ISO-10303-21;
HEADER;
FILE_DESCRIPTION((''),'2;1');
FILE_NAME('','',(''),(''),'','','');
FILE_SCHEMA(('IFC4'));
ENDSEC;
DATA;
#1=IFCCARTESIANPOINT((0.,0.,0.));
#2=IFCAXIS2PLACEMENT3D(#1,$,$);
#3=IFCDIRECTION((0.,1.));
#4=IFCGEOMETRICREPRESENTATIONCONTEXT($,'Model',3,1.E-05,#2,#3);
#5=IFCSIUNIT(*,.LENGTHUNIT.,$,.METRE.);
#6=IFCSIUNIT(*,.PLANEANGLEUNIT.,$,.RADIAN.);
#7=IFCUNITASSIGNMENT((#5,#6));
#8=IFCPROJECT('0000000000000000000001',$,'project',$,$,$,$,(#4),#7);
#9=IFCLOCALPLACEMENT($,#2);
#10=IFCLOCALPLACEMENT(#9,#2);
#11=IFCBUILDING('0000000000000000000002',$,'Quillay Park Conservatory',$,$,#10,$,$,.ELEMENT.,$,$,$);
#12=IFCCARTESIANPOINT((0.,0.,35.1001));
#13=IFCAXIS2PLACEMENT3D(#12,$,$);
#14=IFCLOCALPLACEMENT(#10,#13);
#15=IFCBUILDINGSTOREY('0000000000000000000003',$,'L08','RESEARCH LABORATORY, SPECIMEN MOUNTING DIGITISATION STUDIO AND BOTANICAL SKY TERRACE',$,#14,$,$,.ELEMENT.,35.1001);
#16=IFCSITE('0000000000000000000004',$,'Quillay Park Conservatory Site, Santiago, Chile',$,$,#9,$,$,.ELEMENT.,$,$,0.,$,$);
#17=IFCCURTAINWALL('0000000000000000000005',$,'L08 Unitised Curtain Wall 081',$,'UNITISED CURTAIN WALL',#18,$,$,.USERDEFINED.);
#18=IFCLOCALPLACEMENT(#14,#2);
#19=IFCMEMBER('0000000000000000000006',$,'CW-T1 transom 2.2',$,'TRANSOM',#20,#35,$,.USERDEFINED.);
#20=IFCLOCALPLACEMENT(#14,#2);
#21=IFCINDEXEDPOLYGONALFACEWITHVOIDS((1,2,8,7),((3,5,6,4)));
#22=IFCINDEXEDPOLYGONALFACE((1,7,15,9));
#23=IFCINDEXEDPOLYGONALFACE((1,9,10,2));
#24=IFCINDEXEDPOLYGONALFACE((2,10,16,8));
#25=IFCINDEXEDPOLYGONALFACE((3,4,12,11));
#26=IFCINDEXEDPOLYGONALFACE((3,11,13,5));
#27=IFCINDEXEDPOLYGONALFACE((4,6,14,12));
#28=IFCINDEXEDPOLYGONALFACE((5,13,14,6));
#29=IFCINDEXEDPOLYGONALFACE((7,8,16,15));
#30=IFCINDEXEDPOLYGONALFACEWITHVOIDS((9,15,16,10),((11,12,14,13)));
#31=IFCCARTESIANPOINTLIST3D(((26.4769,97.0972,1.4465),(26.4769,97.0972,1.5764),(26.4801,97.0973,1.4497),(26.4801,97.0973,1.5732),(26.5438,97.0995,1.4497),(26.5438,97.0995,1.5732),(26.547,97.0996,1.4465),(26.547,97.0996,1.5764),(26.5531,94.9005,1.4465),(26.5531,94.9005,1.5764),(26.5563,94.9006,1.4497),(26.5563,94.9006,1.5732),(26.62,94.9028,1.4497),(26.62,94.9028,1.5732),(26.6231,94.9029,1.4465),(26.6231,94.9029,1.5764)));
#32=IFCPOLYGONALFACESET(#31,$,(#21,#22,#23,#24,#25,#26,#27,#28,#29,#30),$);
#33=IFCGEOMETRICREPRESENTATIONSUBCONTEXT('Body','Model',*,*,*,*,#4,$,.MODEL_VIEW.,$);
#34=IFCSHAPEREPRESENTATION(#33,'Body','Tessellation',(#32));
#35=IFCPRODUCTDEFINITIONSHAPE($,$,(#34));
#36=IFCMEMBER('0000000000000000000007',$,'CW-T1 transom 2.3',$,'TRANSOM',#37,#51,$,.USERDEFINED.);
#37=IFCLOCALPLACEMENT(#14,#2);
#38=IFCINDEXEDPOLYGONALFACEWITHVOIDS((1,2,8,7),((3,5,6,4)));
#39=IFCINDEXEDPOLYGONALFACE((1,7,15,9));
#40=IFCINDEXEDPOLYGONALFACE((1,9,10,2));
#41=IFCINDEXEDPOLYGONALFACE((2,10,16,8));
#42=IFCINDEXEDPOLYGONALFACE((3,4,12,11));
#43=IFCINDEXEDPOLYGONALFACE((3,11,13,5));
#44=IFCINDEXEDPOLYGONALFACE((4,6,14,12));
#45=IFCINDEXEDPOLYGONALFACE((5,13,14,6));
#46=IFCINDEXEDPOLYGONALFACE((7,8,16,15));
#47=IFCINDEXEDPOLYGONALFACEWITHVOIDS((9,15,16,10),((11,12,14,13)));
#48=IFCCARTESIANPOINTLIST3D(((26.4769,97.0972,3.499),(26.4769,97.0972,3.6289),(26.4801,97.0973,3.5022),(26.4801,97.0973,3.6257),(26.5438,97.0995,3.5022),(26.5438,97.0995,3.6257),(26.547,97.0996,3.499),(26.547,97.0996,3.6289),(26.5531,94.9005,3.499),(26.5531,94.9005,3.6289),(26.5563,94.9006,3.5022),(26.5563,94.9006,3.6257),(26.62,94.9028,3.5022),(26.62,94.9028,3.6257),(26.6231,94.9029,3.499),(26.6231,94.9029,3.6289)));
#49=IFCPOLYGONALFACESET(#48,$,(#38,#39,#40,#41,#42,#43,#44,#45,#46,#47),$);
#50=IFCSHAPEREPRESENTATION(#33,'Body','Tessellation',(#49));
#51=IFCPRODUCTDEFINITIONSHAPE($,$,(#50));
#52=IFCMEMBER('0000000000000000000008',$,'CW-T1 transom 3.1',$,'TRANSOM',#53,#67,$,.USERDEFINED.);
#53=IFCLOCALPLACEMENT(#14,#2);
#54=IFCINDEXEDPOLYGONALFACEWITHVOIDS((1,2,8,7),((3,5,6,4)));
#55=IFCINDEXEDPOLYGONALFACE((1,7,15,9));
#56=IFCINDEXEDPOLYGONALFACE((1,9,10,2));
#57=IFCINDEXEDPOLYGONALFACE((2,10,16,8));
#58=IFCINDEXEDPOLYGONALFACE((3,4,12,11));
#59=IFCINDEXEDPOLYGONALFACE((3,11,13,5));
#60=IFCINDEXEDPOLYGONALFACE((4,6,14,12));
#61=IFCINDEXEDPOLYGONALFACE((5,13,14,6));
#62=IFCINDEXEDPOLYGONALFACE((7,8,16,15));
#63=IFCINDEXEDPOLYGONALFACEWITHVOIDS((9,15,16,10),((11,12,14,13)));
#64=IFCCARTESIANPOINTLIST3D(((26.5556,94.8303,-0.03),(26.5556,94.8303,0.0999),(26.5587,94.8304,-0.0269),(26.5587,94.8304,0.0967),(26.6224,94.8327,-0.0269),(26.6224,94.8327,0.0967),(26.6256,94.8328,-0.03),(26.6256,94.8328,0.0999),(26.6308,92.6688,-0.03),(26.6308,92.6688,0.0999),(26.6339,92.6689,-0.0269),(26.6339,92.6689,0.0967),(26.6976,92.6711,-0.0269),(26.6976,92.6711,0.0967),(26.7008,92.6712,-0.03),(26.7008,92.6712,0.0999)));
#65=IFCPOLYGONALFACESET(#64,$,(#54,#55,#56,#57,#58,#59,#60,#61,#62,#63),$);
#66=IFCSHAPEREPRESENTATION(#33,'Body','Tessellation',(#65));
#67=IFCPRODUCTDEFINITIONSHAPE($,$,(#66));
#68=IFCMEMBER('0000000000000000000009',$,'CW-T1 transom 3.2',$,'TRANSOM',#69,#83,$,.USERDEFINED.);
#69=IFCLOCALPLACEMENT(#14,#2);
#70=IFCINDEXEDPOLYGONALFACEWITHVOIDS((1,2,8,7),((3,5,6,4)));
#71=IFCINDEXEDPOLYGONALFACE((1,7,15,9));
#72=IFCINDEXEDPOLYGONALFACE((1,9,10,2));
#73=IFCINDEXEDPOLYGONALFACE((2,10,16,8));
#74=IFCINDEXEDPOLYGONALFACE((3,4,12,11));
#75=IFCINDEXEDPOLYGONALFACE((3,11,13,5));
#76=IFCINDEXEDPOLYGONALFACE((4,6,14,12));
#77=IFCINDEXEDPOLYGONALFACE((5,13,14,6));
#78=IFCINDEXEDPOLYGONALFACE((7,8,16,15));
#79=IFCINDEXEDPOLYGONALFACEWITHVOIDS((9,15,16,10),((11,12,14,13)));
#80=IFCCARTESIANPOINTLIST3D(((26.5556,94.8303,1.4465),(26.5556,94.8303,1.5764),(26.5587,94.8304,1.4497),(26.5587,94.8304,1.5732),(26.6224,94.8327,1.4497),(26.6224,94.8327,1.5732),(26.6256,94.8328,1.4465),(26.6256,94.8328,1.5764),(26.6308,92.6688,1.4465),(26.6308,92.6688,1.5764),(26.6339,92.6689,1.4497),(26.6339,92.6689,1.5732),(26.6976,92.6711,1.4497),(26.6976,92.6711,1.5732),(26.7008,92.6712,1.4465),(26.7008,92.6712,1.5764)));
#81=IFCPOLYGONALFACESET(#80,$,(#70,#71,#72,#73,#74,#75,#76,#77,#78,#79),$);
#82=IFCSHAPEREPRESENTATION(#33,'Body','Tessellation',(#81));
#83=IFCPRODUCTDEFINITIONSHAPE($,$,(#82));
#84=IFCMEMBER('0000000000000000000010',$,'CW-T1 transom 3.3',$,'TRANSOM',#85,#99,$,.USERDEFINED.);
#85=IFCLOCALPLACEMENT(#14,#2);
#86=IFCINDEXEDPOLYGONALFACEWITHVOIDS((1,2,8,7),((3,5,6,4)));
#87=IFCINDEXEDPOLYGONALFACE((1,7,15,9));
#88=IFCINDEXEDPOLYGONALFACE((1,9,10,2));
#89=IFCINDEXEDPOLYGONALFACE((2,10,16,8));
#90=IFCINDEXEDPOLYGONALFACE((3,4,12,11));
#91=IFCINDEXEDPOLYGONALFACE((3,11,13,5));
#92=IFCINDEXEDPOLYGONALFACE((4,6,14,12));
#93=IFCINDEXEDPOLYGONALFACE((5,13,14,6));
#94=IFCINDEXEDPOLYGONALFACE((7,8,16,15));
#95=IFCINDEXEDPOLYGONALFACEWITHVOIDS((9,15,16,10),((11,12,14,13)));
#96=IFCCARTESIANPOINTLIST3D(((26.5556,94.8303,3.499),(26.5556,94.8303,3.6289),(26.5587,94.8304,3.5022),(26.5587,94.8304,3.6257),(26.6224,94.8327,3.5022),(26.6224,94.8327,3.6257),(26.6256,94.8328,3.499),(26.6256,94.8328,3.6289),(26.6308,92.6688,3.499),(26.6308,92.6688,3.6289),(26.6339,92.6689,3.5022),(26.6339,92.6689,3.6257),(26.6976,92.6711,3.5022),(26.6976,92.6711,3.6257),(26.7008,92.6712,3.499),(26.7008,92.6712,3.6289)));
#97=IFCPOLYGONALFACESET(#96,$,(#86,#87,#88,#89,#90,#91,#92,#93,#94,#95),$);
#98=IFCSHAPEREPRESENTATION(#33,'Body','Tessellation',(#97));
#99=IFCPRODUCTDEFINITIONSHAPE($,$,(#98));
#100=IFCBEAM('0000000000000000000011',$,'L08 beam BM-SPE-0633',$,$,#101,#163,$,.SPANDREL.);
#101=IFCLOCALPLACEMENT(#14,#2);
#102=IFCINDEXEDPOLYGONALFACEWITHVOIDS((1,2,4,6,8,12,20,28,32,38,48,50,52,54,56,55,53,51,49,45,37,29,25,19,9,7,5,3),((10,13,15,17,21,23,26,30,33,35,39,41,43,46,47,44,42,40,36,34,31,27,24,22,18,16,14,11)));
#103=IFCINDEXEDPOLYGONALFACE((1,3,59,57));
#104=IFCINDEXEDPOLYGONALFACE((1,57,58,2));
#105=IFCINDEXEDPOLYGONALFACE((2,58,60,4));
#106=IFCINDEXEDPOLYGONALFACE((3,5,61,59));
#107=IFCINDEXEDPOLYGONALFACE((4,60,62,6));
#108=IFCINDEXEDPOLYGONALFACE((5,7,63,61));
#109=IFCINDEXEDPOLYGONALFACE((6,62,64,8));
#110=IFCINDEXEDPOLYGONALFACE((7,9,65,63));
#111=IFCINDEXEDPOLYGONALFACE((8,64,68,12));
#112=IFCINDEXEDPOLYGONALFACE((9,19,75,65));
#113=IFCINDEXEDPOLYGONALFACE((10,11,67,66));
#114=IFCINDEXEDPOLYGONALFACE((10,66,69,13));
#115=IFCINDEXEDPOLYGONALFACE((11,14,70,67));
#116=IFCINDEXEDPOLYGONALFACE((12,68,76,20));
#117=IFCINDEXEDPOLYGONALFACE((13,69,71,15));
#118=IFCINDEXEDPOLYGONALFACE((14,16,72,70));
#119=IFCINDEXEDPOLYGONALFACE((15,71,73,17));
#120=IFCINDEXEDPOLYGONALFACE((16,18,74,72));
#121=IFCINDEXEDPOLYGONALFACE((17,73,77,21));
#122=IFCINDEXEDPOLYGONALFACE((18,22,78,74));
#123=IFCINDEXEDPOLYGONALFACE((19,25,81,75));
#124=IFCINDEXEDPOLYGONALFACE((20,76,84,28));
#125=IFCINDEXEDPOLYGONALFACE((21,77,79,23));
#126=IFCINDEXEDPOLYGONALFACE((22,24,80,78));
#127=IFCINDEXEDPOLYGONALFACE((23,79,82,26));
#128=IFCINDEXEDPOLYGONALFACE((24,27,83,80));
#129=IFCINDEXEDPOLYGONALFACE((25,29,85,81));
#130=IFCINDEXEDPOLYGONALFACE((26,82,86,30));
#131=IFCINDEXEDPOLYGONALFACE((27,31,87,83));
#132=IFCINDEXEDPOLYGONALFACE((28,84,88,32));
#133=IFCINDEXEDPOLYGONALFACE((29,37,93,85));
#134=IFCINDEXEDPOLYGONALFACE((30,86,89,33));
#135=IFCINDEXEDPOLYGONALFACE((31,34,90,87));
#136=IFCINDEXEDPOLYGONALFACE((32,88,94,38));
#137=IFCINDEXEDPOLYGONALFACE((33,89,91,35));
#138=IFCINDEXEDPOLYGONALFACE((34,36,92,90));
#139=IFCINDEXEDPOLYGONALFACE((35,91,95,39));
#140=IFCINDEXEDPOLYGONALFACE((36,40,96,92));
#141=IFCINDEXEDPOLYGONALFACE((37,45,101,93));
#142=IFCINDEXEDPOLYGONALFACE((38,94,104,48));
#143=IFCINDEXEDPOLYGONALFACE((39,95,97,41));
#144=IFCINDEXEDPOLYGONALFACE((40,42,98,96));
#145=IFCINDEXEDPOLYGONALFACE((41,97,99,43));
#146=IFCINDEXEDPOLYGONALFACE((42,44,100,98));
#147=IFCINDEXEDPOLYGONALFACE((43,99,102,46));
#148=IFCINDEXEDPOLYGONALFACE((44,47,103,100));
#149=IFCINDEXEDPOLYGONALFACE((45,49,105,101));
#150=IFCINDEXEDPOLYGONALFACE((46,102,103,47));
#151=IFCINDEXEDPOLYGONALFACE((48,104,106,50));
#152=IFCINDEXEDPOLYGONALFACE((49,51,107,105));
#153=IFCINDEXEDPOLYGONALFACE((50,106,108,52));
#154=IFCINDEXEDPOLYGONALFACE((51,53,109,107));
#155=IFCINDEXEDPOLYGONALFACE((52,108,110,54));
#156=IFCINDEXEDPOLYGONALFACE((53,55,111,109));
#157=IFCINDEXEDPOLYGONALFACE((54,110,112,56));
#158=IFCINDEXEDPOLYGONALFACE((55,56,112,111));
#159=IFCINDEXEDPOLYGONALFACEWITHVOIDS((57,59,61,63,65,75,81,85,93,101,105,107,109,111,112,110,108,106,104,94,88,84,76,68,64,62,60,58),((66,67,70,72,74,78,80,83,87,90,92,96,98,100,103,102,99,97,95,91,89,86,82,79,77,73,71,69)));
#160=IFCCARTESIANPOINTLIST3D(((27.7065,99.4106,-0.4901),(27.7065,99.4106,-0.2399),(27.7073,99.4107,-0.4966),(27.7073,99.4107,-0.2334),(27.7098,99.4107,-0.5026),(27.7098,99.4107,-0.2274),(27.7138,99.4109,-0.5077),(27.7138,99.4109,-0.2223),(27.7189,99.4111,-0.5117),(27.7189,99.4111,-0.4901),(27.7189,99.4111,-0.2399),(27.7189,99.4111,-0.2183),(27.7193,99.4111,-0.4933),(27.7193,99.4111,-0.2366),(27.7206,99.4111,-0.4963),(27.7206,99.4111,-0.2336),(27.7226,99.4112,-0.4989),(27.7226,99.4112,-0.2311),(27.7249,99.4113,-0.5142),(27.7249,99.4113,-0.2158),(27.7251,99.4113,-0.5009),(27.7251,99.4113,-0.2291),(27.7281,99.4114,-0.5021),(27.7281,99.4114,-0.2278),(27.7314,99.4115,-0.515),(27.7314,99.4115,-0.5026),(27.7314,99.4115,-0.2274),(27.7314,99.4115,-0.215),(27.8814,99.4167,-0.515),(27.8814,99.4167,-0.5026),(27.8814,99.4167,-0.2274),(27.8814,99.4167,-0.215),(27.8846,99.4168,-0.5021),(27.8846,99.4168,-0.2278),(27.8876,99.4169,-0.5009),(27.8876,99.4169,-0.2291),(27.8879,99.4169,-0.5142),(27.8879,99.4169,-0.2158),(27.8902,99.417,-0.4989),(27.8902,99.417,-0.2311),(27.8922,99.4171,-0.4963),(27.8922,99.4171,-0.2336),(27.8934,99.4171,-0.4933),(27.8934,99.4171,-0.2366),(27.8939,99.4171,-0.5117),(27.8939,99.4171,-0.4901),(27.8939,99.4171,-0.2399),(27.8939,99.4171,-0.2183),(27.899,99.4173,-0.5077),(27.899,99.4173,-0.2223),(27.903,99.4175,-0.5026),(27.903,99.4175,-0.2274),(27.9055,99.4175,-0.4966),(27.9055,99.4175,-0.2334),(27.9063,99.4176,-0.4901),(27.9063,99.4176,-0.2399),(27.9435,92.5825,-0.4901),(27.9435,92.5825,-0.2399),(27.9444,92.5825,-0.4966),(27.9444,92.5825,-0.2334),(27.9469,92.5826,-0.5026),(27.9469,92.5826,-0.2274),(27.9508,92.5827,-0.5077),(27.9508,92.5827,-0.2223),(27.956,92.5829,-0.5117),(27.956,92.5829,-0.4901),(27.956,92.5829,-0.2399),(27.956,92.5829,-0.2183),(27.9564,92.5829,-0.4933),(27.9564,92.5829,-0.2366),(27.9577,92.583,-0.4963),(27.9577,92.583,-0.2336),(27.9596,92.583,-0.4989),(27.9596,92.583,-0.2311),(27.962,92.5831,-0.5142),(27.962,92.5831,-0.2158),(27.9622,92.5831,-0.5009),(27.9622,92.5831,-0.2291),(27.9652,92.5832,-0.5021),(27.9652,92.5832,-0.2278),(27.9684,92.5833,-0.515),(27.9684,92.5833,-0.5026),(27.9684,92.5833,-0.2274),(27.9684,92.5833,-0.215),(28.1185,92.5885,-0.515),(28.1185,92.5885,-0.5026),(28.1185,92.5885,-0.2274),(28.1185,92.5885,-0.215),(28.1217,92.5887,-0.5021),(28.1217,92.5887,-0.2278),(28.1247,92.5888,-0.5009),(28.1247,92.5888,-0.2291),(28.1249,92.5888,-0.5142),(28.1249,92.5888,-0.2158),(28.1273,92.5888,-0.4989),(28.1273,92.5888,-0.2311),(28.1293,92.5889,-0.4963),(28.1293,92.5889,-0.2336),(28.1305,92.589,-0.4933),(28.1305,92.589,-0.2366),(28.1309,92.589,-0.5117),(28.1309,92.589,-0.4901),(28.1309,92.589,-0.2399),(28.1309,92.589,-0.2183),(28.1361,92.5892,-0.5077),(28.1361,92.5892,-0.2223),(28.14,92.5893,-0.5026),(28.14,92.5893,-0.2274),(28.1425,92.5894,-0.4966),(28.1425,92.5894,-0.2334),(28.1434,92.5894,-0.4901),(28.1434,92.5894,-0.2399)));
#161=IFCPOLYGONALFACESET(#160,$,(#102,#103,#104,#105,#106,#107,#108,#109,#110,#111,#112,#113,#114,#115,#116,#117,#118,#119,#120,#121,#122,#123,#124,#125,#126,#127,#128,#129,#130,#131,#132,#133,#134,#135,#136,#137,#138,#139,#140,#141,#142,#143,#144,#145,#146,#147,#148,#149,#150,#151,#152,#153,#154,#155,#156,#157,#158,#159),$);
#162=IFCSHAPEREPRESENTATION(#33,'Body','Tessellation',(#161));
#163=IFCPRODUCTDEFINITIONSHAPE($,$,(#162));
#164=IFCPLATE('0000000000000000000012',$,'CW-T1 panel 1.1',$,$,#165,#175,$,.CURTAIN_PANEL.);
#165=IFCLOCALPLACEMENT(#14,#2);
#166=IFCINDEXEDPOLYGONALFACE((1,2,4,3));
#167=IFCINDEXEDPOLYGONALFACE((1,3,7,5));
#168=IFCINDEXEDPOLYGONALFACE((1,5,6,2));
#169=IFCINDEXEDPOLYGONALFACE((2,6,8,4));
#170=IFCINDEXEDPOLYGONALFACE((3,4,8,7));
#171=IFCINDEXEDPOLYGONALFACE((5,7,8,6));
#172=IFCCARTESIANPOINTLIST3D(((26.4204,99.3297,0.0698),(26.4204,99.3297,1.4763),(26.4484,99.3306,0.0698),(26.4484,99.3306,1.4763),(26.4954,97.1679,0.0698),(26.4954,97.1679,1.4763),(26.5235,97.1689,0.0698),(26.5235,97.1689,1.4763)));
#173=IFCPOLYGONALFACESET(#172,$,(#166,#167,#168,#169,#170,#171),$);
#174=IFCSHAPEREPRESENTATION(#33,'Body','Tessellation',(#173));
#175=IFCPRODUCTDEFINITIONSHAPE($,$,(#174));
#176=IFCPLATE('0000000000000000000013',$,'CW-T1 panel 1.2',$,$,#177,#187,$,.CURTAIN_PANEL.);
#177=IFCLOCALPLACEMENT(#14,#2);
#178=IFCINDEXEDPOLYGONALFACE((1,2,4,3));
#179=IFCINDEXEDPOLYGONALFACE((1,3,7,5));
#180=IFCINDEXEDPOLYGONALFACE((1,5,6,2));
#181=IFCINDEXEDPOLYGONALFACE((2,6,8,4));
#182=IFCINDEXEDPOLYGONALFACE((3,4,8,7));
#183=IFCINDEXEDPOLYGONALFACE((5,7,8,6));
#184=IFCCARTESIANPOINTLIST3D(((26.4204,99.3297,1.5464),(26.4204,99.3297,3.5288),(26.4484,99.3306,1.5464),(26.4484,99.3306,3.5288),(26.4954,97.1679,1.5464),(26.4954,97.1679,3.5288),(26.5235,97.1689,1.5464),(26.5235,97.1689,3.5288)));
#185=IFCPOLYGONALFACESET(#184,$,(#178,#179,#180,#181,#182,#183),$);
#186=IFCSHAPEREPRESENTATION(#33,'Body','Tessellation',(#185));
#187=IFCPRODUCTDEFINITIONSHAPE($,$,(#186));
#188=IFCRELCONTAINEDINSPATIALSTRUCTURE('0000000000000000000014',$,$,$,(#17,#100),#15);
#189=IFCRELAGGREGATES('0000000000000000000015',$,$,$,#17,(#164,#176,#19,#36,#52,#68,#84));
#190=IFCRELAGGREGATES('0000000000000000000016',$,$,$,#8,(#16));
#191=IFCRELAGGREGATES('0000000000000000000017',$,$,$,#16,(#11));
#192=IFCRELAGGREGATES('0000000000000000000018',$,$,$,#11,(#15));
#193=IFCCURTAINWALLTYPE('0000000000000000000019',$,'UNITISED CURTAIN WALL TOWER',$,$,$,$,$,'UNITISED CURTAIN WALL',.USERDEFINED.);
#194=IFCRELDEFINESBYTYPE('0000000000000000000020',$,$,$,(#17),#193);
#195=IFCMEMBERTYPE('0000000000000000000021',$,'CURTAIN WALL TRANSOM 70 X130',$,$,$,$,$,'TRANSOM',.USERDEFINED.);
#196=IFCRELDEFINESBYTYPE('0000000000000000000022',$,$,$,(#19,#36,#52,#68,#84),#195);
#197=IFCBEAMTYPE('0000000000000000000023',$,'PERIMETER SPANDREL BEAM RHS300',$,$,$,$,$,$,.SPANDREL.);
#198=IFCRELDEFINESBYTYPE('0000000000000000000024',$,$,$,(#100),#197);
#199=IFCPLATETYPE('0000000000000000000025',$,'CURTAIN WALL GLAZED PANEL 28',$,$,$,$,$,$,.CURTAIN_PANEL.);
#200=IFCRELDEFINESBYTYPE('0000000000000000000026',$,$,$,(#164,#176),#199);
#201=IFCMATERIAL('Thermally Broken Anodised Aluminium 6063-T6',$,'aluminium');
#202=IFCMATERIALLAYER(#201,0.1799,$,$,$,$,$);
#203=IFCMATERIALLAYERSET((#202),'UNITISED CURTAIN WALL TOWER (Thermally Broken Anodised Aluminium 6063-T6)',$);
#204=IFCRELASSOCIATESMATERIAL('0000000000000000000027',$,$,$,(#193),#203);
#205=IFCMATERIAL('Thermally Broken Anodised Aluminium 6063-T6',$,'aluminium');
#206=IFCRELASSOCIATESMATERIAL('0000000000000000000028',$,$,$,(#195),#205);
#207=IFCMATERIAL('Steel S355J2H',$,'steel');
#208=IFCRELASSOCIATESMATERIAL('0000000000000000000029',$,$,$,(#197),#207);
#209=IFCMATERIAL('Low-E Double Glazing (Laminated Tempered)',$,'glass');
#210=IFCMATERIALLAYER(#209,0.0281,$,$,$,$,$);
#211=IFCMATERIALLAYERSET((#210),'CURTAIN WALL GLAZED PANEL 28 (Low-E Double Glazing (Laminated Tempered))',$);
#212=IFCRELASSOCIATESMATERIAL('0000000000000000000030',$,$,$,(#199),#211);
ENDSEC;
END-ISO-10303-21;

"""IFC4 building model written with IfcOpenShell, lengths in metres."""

from ifc_helpers import new_model, si_unit, direction, frame, origin, origin_2d, place, context, subcontext, project, spatial, rectangle, hollow_rectangle, extrude, material, layer, layer_set, material_profile, profile_set, type_object, element, aggregate, save


model = new_model("IFC4")

# Units and contexts
model_context = context("Model", 3, precision=1e-05, world=origin(), true_north=direction((0.0, 1.0)))
body_context = subcontext(model_context, "Body", "Model", "MODEL_VIEW")
ifc_project = project(units=[si_unit("LENGTHUNIT", "METRE"), si_unit("PLANEANGLEUNIT", "RADIAN")], contexts=[model_context])

# Site, building, storey
site_placement = place(None, origin())
site = spatial("IfcSite", under=ifc_project, at=site_placement, Name="Quillay Park Conservatory Site, Santiago, Chile", CompositionType="ELEMENT", RefElevation=0.0)
building_placement = place(site_placement, origin())
building = spatial("IfcBuilding", under=site, at=building_placement, Name="Quillay Park Conservatory", CompositionType="ELEMENT")
storey_placement = place(building_placement, frame((0.0, 0.0, 35.1001)))
storey = spatial("IfcBuildingStorey", under=building, at=storey_placement, Name="L08", Description="RESEARCH LABORATORY, SPECIMEN MOUNTING DIGITISATION STUDIO AND BOTANICAL SKY TERRACE", CompositionType="ELEMENT", Elevation=35.1001)

# Curtain wall, members
ifc_material_1 = material(Name="Thermally Broken Anodised Aluminium 6063-T6", Category="aluminium")
ifc_layer_1 = layer(ifc_material_1, 0.1799)
ifc_layer_set_1 = layer_set([ifc_layer_1], Name="UNITISED CURTAIN WALL TOWER (Thermally Broken Anodised Aluminium 6063-T6)")
curtain_wall_type = type_object("IfcCurtainWallType", Name="UNITISED CURTAIN WALL TOWER", ElementType="UNITISED CURTAIN WALL", PredefinedType="USERDEFINED", material=ifc_layer_set_1)
curtain_wall_placement = place(storey_placement, origin())
curtain_wall = element("IfcCurtainWall", 1, at=curtain_wall_placement, inside=storey, type_object=curtain_wall_type, Name="L08 Unitised Curtain Wall 081", ObjectType="UNITISED CURTAIN WALL", PredefinedType="USERDEFINED")
ifc_material_2 = material(Name="Thermally Broken Anodised Aluminium 6063-T6", Category="aluminium")
ifc_material_profile_1 = material_profile(ifc_material_2, hollow_rectangle(XDim=0.0701, YDim=0.1299, WallThickness=0.0032, at=origin_2d()), Name="AL70x130x3.2")
ifc_profile_set_1 = profile_set([ifc_material_profile_1], Name="Thermally Broken Anodised Aluminium 6063-T6")
member_type_1 = type_object("IfcMemberType", Name="CURTAIN WALL TRANSOM 70 X130", ElementType="TRANSOM", PredefinedType="USERDEFINED", material=ifc_profile_set_1)
member_1_placement = place(storey_placement, frame((26.512, 97.0984, 1.5115), z_axis=(0.034654, -0.999399, 0.0), x_axis=(0.999399, 0.034654, 0.0)))
member_1 = element("IfcMember", 2, at=member_1_placement, type_object=member_type_1, Name="CW-T1 transom 2.2", ObjectType="TRANSOM", PredefinedType="USERDEFINED", context=body_context, shape_type="SweptSolid", body=[
    extrude(hollow_rectangle(XDim=0.0701, YDim=0.1299, WallThickness=0.0032, at=origin_2d()), origin(), (0.0, 0.0, 1.0), 2.198),
])
member_2_placement = place(storey_placement, frame((26.512, 97.0984, 3.564), z_axis=(0.034654, -0.999399, 0.0), x_axis=(0.999399, 0.034654, 0.0)))
member_2 = element("IfcMember", 3, at=member_2_placement, type_object=member_type_1, Name="CW-T1 transom 2.3", ObjectType="TRANSOM", PredefinedType="USERDEFINED", context=body_context, shape_type="SweptSolid", body=[
    extrude(hollow_rectangle(XDim=0.0701, YDim=0.1299, WallThickness=0.0032, at=origin_2d()), origin(), (0.0, 0.0, 1.0), 2.198),
])
member_3_placement = place(storey_placement, frame((26.5906, 94.8315, 0.0349), z_axis=(0.034766, -0.999395, 0.0), x_axis=(0.999395, 0.034766, 0.0)))
member_3 = element("IfcMember", 4, at=member_3_placement, type_object=member_type_1, Name="CW-T1 transom 3.1", ObjectType="TRANSOM", PredefinedType="USERDEFINED", context=body_context, shape_type="SweptSolid", body=[
    extrude(hollow_rectangle(XDim=0.0701, YDim=0.1299, WallThickness=0.0032, at=origin_2d()), origin(), (0.0, 0.0, 1.0), 2.1628),
])
member_4_placement = place(storey_placement, frame((26.5906, 94.8315, 1.5115), z_axis=(0.034766, -0.999395, 0.0), x_axis=(0.999395, 0.034766, 0.0)))
member_4 = element("IfcMember", 5, at=member_4_placement, type_object=member_type_1, Name="CW-T1 transom 3.2", ObjectType="TRANSOM", PredefinedType="USERDEFINED", context=body_context, shape_type="SweptSolid", body=[
    extrude(hollow_rectangle(XDim=0.0701, YDim=0.1299, WallThickness=0.0032, at=origin_2d()), origin(), (0.0, 0.0, 1.0), 2.1628),
])
member_5_placement = place(storey_placement, frame((26.5906, 94.8315, 3.564), z_axis=(0.034766, -0.999395, 0.0), x_axis=(0.999395, 0.034766, 0.0)))
member_5 = element("IfcMember", 6, at=member_5_placement, type_object=member_type_1, Name="CW-T1 transom 3.3", ObjectType="TRANSOM", PredefinedType="USERDEFINED", context=body_context, shape_type="SweptSolid", body=[
    extrude(hollow_rectangle(XDim=0.0701, YDim=0.1299, WallThickness=0.0032, at=origin_2d()), origin(), (0.0, 0.0, 1.0), 2.1628),
])

# Beam
ifc_material_3 = material(Name="Steel S355J2H", Category="steel")
ifc_material_profile_2 = material_profile(ifc_material_3, hollow_rectangle(XDim=0.2, YDim=0.3, WallThickness=0.0125, InnerFilletRadius=0.0125, OuterFilletRadius=0.0249, at=origin_2d()), Name="RHS300x200x12.5")
ifc_profile_set_2 = profile_set([ifc_material_profile_2], Name="Steel S355J2H")
beam_type_1 = type_object("IfcBeamType", Name="PERIMETER SPANDREL BEAM RHS300", PredefinedType="SPANDREL", material=ifc_profile_set_2)
beam_1_placement = place(storey_placement, frame((28.0435, 92.5859, -0.365), z_axis=(-0.034697, 0.999398, 0.0), x_axis=(-0.999398, -0.034697, 0.0)))
element("IfcBeam", 7, at=beam_1_placement, inside=storey, type_object=beam_type_1, Name="L08 beam BM-SPE-0633", PredefinedType="SPANDREL", context=body_context, shape_type="SweptSolid", body=[
    extrude(hollow_rectangle(XDim=0.2, YDim=0.3, WallThickness=0.0125, InnerFilletRadius=0.0125, OuterFilletRadius=0.0249, at=origin_2d()), origin(), (0.0, 0.0, 1.0), 6.8323),
])

# Plates
ifc_material_4 = material(Name="Low-E Double Glazing (Laminated Tempered)", Category="glass")
ifc_layer_2 = layer(ifc_material_4, 0.0281)
ifc_layer_set_2 = layer_set([ifc_layer_2], Name="CURTAIN WALL GLAZED PANEL 28 (Low-E Double Glazing (Laminated Tempered))")
plate_type_1 = type_object("IfcPlateType", Name="CURTAIN WALL GLAZED PANEL 28", PredefinedType="CURTAIN_PANEL", material=ifc_layer_set_2)
plate_1_placement = place(storey_placement, frame((26.4719, 98.2493, 0.0698), z_axis=(0.0, 0.0, 1.0), x_axis=(0.034713, -0.999397, 0.0)))
plate_1 = element("IfcPlate", 8, at=plate_1_placement, type_object=plate_type_1, Name="CW-T1 panel 1.1", PredefinedType="CURTAIN_PANEL", context=body_context, shape_type="SweptSolid", body=[
    extrude(rectangle(XDim=2.1631, YDim=0.0281, at=origin_2d()), origin(), (0.0, 0.0, 1.0), 1.4065),
])
plate_2_placement = place(storey_placement, frame((26.4719, 98.2493, 1.5464), z_axis=(0.0, 0.0, 1.0), x_axis=(0.034713, -0.999397, 0.0)))
plate_2 = element("IfcPlate", 9, at=plate_2_placement, type_object=plate_type_1, Name="CW-T1 panel 1.2", PredefinedType="CURTAIN_PANEL", context=body_context, shape_type="SweptSolid", body=[
    extrude(rectangle(XDim=2.1631, YDim=0.0281, at=origin_2d()), origin(), (0.0, 0.0, 1.0), 1.9824),
])
aggregate(curtain_wall, [plate_1, plate_2, member_1, member_2, member_3, member_4, member_5])

save(model, "model.ifc")
